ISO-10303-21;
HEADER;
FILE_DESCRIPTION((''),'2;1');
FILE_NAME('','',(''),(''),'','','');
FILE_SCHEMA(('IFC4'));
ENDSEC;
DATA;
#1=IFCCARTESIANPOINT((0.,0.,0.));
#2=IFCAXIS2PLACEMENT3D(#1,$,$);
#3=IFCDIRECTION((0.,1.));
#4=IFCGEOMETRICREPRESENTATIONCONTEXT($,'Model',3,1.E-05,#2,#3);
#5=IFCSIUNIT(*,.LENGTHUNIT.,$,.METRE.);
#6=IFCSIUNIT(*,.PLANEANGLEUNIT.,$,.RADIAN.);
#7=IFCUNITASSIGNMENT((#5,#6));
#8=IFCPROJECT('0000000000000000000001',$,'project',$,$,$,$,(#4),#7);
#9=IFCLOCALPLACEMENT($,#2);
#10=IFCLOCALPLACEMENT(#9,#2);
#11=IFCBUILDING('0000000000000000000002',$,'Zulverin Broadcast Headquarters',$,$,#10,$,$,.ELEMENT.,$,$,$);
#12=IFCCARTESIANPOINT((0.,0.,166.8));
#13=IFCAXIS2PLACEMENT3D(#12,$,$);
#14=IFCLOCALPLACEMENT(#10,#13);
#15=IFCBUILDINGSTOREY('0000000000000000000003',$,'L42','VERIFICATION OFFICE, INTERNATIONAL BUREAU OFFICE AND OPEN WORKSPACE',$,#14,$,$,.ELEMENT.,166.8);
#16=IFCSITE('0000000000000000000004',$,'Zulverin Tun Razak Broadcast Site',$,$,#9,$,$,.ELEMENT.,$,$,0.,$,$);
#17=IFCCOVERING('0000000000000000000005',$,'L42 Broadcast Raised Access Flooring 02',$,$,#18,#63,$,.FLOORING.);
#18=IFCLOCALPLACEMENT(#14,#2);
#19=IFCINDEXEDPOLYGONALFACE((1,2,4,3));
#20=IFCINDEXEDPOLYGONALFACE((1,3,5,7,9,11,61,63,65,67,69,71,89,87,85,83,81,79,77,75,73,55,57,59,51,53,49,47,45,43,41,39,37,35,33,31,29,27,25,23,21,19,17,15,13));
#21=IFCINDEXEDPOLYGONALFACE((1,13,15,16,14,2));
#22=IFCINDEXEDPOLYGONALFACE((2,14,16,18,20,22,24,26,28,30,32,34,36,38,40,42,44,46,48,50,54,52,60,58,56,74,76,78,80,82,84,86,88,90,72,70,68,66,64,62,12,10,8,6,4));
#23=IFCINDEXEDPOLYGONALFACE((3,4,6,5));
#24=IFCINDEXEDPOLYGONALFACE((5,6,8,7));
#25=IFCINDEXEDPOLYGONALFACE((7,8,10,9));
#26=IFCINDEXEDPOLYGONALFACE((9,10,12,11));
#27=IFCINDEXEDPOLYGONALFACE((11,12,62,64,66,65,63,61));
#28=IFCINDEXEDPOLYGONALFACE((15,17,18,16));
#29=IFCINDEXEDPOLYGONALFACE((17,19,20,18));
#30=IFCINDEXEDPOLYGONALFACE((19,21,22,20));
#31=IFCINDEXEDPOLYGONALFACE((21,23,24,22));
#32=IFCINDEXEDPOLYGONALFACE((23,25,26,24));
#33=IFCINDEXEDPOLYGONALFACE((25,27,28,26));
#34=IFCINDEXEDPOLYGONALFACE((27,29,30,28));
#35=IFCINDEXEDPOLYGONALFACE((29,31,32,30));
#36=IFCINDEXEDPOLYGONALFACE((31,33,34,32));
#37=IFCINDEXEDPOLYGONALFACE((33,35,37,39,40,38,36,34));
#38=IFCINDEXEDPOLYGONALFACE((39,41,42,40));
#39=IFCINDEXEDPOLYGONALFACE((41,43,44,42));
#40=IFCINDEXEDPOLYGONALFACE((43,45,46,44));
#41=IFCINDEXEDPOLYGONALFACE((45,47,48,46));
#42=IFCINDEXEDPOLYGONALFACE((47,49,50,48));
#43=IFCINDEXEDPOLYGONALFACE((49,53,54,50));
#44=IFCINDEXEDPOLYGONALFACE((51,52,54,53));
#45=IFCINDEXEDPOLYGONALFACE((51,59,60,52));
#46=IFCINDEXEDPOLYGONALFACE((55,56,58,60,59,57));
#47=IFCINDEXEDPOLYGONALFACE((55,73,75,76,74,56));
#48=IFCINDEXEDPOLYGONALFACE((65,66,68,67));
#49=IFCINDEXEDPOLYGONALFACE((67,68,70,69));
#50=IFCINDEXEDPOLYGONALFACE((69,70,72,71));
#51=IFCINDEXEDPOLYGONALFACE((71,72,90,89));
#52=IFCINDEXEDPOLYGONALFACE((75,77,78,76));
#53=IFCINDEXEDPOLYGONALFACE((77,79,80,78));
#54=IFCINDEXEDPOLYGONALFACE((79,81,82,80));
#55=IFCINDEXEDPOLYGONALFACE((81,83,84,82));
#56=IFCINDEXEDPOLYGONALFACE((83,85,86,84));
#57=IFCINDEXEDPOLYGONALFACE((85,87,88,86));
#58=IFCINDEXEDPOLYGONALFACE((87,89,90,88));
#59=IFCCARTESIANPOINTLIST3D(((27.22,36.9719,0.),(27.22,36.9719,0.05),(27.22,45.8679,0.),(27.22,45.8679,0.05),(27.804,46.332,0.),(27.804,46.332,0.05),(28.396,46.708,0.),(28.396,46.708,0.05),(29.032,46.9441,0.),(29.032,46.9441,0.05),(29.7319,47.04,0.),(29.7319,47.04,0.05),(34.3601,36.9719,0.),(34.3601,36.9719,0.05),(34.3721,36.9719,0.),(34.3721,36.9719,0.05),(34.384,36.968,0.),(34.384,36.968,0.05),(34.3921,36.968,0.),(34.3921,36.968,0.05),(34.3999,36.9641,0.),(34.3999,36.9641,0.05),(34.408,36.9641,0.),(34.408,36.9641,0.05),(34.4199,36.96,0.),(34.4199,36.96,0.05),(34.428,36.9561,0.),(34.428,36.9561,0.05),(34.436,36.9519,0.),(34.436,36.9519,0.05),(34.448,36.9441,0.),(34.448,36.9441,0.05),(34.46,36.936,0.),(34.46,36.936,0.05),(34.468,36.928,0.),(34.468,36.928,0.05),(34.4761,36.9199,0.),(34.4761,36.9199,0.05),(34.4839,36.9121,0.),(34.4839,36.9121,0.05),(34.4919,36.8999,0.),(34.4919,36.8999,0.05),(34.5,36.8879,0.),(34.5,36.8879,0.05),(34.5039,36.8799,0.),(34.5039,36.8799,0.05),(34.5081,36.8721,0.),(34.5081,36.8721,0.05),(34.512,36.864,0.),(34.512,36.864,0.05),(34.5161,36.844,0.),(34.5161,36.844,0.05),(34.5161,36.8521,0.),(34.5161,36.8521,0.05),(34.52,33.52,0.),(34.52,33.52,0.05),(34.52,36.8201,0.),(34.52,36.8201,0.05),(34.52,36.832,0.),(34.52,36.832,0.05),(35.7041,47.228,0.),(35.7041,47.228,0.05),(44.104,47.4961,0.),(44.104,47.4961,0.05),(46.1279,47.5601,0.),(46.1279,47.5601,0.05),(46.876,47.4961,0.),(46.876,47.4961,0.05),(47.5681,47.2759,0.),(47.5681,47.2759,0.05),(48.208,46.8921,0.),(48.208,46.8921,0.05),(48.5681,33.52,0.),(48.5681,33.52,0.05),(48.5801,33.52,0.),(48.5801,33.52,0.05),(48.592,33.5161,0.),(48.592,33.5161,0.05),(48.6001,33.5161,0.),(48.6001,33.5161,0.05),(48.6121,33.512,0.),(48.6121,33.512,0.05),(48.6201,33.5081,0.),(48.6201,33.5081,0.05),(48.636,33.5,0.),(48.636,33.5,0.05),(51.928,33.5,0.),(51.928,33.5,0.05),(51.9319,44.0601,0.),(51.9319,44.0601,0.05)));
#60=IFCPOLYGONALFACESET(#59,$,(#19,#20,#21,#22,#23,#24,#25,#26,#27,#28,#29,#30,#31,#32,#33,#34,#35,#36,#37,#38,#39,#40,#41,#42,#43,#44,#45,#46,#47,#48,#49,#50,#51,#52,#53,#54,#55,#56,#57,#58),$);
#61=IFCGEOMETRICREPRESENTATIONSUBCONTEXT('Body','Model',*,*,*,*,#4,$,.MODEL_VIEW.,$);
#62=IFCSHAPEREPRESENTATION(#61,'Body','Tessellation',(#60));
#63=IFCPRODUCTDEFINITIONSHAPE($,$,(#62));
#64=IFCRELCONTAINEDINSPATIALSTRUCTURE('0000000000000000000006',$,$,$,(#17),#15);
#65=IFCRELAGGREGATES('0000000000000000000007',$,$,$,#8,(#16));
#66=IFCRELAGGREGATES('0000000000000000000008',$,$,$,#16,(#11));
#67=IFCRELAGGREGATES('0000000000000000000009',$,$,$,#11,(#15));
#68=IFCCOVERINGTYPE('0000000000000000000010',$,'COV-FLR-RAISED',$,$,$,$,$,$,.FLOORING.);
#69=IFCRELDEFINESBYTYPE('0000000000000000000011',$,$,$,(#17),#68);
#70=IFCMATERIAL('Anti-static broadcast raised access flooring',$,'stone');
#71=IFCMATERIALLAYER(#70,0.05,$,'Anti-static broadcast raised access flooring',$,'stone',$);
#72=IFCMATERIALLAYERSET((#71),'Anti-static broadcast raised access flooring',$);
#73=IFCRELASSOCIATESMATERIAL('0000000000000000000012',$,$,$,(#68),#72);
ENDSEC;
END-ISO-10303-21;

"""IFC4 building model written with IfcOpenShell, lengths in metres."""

from ifc_helpers import new_model, si_unit, direction, frame, origin, place, context, subcontext, project, spatial, polyline, outline, extrude, material, layer, layer_set, type_object, element, save


model = new_model("IFC4")

# Units and contexts
model_context = context("Model", 3, precision=1e-05, world=origin(), true_north=direction((0.0, 1.0)))
body_context = subcontext(model_context, "Body", "Model", "MODEL_VIEW")
ifc_project = project(units=[si_unit("LENGTHUNIT", "METRE"), si_unit("PLANEANGLEUNIT", "RADIAN")], contexts=[model_context])

# Site, building, storey
site_placement = place(None, origin())
site = spatial("IfcSite", under=ifc_project, at=site_placement, Name="Zulverin Tun Razak Broadcast Site", CompositionType="ELEMENT", RefElevation=0.0)
building_placement = place(site_placement, origin())
building = spatial("IfcBuilding", under=site, at=building_placement, Name="Zulverin Broadcast Headquarters", CompositionType="ELEMENT")
storey_placement = place(building_placement, frame((0.0, 0.0, 166.8)))
storey = spatial("IfcBuildingStorey", under=building, at=storey_placement, Name="L42", Description="VERIFICATION OFFICE, INTERNATIONAL BUREAU OFFICE AND OPEN WORKSPACE", CompositionType="ELEMENT", Elevation=166.8)

# Covering
ifc_material_1 = material(Name="Anti-static broadcast raised access flooring", Category="stone")
ifc_layer_1 = layer(ifc_material_1, 0.05, Name="Anti-static broadcast raised access flooring", Category="stone")
ifc_layer_set_1 = layer_set([ifc_layer_1], Name="Anti-static broadcast raised access flooring")
covering_type_1 = type_object("IfcCoveringType", Name="COV-FLR-RAISED", PredefinedType="FLOORING", material=ifc_layer_set_1)
covering_1_placement = place(storey_placement, origin())
element("IfcCovering", 1, at=covering_1_placement, inside=storey, type_object=covering_type_1, Name="L42 Broadcast Raised Access Flooring 02", PredefinedType="FLOORING", context=body_context, shape_type="SweptSolid", body=[
    extrude(outline(polyline([(29.032, 46.9441), (28.396, 46.708), (27.804, 46.332), (27.22, 45.8679), (27.22, 36.9719), (34.3601, 36.9719), (34.3721, 36.9719), (34.384, 36.968), (34.3921, 36.968), (34.3999, 36.9641), (34.408, 36.9641), (34.4199, 36.96), (34.428, 36.9561), (34.436, 36.9519), (34.448, 36.9441), (34.46, 36.936), (34.468, 36.928), (34.4761, 36.9199), (34.4839, 36.9121), (34.4919, 36.8999), (34.5, 36.8879), (34.5039, 36.8799), (34.5081, 36.8721), (34.512, 36.864), (34.5161, 36.8521), (34.5161, 36.844), (34.52, 36.832), (34.52, 36.8201), (34.52, 33.52), (48.5681, 33.52), (48.5801, 33.52), (48.592, 33.5161), (48.6001, 33.5161), (48.6121, 33.512), (48.6201, 33.5081), (48.636, 33.5), (51.928, 33.5), (51.9319, 44.0601), (48.208, 46.8921), (47.5681, 47.2759), (46.876, 47.4961), (46.1279, 47.5601), (44.104, 47.4961), (35.7041, 47.228), (29.7319, 47.04), (29.032, 46.9441)])), origin(), (0.0, 0.0, 1.0), 0.05),
])

save(model, "model.ifc")
